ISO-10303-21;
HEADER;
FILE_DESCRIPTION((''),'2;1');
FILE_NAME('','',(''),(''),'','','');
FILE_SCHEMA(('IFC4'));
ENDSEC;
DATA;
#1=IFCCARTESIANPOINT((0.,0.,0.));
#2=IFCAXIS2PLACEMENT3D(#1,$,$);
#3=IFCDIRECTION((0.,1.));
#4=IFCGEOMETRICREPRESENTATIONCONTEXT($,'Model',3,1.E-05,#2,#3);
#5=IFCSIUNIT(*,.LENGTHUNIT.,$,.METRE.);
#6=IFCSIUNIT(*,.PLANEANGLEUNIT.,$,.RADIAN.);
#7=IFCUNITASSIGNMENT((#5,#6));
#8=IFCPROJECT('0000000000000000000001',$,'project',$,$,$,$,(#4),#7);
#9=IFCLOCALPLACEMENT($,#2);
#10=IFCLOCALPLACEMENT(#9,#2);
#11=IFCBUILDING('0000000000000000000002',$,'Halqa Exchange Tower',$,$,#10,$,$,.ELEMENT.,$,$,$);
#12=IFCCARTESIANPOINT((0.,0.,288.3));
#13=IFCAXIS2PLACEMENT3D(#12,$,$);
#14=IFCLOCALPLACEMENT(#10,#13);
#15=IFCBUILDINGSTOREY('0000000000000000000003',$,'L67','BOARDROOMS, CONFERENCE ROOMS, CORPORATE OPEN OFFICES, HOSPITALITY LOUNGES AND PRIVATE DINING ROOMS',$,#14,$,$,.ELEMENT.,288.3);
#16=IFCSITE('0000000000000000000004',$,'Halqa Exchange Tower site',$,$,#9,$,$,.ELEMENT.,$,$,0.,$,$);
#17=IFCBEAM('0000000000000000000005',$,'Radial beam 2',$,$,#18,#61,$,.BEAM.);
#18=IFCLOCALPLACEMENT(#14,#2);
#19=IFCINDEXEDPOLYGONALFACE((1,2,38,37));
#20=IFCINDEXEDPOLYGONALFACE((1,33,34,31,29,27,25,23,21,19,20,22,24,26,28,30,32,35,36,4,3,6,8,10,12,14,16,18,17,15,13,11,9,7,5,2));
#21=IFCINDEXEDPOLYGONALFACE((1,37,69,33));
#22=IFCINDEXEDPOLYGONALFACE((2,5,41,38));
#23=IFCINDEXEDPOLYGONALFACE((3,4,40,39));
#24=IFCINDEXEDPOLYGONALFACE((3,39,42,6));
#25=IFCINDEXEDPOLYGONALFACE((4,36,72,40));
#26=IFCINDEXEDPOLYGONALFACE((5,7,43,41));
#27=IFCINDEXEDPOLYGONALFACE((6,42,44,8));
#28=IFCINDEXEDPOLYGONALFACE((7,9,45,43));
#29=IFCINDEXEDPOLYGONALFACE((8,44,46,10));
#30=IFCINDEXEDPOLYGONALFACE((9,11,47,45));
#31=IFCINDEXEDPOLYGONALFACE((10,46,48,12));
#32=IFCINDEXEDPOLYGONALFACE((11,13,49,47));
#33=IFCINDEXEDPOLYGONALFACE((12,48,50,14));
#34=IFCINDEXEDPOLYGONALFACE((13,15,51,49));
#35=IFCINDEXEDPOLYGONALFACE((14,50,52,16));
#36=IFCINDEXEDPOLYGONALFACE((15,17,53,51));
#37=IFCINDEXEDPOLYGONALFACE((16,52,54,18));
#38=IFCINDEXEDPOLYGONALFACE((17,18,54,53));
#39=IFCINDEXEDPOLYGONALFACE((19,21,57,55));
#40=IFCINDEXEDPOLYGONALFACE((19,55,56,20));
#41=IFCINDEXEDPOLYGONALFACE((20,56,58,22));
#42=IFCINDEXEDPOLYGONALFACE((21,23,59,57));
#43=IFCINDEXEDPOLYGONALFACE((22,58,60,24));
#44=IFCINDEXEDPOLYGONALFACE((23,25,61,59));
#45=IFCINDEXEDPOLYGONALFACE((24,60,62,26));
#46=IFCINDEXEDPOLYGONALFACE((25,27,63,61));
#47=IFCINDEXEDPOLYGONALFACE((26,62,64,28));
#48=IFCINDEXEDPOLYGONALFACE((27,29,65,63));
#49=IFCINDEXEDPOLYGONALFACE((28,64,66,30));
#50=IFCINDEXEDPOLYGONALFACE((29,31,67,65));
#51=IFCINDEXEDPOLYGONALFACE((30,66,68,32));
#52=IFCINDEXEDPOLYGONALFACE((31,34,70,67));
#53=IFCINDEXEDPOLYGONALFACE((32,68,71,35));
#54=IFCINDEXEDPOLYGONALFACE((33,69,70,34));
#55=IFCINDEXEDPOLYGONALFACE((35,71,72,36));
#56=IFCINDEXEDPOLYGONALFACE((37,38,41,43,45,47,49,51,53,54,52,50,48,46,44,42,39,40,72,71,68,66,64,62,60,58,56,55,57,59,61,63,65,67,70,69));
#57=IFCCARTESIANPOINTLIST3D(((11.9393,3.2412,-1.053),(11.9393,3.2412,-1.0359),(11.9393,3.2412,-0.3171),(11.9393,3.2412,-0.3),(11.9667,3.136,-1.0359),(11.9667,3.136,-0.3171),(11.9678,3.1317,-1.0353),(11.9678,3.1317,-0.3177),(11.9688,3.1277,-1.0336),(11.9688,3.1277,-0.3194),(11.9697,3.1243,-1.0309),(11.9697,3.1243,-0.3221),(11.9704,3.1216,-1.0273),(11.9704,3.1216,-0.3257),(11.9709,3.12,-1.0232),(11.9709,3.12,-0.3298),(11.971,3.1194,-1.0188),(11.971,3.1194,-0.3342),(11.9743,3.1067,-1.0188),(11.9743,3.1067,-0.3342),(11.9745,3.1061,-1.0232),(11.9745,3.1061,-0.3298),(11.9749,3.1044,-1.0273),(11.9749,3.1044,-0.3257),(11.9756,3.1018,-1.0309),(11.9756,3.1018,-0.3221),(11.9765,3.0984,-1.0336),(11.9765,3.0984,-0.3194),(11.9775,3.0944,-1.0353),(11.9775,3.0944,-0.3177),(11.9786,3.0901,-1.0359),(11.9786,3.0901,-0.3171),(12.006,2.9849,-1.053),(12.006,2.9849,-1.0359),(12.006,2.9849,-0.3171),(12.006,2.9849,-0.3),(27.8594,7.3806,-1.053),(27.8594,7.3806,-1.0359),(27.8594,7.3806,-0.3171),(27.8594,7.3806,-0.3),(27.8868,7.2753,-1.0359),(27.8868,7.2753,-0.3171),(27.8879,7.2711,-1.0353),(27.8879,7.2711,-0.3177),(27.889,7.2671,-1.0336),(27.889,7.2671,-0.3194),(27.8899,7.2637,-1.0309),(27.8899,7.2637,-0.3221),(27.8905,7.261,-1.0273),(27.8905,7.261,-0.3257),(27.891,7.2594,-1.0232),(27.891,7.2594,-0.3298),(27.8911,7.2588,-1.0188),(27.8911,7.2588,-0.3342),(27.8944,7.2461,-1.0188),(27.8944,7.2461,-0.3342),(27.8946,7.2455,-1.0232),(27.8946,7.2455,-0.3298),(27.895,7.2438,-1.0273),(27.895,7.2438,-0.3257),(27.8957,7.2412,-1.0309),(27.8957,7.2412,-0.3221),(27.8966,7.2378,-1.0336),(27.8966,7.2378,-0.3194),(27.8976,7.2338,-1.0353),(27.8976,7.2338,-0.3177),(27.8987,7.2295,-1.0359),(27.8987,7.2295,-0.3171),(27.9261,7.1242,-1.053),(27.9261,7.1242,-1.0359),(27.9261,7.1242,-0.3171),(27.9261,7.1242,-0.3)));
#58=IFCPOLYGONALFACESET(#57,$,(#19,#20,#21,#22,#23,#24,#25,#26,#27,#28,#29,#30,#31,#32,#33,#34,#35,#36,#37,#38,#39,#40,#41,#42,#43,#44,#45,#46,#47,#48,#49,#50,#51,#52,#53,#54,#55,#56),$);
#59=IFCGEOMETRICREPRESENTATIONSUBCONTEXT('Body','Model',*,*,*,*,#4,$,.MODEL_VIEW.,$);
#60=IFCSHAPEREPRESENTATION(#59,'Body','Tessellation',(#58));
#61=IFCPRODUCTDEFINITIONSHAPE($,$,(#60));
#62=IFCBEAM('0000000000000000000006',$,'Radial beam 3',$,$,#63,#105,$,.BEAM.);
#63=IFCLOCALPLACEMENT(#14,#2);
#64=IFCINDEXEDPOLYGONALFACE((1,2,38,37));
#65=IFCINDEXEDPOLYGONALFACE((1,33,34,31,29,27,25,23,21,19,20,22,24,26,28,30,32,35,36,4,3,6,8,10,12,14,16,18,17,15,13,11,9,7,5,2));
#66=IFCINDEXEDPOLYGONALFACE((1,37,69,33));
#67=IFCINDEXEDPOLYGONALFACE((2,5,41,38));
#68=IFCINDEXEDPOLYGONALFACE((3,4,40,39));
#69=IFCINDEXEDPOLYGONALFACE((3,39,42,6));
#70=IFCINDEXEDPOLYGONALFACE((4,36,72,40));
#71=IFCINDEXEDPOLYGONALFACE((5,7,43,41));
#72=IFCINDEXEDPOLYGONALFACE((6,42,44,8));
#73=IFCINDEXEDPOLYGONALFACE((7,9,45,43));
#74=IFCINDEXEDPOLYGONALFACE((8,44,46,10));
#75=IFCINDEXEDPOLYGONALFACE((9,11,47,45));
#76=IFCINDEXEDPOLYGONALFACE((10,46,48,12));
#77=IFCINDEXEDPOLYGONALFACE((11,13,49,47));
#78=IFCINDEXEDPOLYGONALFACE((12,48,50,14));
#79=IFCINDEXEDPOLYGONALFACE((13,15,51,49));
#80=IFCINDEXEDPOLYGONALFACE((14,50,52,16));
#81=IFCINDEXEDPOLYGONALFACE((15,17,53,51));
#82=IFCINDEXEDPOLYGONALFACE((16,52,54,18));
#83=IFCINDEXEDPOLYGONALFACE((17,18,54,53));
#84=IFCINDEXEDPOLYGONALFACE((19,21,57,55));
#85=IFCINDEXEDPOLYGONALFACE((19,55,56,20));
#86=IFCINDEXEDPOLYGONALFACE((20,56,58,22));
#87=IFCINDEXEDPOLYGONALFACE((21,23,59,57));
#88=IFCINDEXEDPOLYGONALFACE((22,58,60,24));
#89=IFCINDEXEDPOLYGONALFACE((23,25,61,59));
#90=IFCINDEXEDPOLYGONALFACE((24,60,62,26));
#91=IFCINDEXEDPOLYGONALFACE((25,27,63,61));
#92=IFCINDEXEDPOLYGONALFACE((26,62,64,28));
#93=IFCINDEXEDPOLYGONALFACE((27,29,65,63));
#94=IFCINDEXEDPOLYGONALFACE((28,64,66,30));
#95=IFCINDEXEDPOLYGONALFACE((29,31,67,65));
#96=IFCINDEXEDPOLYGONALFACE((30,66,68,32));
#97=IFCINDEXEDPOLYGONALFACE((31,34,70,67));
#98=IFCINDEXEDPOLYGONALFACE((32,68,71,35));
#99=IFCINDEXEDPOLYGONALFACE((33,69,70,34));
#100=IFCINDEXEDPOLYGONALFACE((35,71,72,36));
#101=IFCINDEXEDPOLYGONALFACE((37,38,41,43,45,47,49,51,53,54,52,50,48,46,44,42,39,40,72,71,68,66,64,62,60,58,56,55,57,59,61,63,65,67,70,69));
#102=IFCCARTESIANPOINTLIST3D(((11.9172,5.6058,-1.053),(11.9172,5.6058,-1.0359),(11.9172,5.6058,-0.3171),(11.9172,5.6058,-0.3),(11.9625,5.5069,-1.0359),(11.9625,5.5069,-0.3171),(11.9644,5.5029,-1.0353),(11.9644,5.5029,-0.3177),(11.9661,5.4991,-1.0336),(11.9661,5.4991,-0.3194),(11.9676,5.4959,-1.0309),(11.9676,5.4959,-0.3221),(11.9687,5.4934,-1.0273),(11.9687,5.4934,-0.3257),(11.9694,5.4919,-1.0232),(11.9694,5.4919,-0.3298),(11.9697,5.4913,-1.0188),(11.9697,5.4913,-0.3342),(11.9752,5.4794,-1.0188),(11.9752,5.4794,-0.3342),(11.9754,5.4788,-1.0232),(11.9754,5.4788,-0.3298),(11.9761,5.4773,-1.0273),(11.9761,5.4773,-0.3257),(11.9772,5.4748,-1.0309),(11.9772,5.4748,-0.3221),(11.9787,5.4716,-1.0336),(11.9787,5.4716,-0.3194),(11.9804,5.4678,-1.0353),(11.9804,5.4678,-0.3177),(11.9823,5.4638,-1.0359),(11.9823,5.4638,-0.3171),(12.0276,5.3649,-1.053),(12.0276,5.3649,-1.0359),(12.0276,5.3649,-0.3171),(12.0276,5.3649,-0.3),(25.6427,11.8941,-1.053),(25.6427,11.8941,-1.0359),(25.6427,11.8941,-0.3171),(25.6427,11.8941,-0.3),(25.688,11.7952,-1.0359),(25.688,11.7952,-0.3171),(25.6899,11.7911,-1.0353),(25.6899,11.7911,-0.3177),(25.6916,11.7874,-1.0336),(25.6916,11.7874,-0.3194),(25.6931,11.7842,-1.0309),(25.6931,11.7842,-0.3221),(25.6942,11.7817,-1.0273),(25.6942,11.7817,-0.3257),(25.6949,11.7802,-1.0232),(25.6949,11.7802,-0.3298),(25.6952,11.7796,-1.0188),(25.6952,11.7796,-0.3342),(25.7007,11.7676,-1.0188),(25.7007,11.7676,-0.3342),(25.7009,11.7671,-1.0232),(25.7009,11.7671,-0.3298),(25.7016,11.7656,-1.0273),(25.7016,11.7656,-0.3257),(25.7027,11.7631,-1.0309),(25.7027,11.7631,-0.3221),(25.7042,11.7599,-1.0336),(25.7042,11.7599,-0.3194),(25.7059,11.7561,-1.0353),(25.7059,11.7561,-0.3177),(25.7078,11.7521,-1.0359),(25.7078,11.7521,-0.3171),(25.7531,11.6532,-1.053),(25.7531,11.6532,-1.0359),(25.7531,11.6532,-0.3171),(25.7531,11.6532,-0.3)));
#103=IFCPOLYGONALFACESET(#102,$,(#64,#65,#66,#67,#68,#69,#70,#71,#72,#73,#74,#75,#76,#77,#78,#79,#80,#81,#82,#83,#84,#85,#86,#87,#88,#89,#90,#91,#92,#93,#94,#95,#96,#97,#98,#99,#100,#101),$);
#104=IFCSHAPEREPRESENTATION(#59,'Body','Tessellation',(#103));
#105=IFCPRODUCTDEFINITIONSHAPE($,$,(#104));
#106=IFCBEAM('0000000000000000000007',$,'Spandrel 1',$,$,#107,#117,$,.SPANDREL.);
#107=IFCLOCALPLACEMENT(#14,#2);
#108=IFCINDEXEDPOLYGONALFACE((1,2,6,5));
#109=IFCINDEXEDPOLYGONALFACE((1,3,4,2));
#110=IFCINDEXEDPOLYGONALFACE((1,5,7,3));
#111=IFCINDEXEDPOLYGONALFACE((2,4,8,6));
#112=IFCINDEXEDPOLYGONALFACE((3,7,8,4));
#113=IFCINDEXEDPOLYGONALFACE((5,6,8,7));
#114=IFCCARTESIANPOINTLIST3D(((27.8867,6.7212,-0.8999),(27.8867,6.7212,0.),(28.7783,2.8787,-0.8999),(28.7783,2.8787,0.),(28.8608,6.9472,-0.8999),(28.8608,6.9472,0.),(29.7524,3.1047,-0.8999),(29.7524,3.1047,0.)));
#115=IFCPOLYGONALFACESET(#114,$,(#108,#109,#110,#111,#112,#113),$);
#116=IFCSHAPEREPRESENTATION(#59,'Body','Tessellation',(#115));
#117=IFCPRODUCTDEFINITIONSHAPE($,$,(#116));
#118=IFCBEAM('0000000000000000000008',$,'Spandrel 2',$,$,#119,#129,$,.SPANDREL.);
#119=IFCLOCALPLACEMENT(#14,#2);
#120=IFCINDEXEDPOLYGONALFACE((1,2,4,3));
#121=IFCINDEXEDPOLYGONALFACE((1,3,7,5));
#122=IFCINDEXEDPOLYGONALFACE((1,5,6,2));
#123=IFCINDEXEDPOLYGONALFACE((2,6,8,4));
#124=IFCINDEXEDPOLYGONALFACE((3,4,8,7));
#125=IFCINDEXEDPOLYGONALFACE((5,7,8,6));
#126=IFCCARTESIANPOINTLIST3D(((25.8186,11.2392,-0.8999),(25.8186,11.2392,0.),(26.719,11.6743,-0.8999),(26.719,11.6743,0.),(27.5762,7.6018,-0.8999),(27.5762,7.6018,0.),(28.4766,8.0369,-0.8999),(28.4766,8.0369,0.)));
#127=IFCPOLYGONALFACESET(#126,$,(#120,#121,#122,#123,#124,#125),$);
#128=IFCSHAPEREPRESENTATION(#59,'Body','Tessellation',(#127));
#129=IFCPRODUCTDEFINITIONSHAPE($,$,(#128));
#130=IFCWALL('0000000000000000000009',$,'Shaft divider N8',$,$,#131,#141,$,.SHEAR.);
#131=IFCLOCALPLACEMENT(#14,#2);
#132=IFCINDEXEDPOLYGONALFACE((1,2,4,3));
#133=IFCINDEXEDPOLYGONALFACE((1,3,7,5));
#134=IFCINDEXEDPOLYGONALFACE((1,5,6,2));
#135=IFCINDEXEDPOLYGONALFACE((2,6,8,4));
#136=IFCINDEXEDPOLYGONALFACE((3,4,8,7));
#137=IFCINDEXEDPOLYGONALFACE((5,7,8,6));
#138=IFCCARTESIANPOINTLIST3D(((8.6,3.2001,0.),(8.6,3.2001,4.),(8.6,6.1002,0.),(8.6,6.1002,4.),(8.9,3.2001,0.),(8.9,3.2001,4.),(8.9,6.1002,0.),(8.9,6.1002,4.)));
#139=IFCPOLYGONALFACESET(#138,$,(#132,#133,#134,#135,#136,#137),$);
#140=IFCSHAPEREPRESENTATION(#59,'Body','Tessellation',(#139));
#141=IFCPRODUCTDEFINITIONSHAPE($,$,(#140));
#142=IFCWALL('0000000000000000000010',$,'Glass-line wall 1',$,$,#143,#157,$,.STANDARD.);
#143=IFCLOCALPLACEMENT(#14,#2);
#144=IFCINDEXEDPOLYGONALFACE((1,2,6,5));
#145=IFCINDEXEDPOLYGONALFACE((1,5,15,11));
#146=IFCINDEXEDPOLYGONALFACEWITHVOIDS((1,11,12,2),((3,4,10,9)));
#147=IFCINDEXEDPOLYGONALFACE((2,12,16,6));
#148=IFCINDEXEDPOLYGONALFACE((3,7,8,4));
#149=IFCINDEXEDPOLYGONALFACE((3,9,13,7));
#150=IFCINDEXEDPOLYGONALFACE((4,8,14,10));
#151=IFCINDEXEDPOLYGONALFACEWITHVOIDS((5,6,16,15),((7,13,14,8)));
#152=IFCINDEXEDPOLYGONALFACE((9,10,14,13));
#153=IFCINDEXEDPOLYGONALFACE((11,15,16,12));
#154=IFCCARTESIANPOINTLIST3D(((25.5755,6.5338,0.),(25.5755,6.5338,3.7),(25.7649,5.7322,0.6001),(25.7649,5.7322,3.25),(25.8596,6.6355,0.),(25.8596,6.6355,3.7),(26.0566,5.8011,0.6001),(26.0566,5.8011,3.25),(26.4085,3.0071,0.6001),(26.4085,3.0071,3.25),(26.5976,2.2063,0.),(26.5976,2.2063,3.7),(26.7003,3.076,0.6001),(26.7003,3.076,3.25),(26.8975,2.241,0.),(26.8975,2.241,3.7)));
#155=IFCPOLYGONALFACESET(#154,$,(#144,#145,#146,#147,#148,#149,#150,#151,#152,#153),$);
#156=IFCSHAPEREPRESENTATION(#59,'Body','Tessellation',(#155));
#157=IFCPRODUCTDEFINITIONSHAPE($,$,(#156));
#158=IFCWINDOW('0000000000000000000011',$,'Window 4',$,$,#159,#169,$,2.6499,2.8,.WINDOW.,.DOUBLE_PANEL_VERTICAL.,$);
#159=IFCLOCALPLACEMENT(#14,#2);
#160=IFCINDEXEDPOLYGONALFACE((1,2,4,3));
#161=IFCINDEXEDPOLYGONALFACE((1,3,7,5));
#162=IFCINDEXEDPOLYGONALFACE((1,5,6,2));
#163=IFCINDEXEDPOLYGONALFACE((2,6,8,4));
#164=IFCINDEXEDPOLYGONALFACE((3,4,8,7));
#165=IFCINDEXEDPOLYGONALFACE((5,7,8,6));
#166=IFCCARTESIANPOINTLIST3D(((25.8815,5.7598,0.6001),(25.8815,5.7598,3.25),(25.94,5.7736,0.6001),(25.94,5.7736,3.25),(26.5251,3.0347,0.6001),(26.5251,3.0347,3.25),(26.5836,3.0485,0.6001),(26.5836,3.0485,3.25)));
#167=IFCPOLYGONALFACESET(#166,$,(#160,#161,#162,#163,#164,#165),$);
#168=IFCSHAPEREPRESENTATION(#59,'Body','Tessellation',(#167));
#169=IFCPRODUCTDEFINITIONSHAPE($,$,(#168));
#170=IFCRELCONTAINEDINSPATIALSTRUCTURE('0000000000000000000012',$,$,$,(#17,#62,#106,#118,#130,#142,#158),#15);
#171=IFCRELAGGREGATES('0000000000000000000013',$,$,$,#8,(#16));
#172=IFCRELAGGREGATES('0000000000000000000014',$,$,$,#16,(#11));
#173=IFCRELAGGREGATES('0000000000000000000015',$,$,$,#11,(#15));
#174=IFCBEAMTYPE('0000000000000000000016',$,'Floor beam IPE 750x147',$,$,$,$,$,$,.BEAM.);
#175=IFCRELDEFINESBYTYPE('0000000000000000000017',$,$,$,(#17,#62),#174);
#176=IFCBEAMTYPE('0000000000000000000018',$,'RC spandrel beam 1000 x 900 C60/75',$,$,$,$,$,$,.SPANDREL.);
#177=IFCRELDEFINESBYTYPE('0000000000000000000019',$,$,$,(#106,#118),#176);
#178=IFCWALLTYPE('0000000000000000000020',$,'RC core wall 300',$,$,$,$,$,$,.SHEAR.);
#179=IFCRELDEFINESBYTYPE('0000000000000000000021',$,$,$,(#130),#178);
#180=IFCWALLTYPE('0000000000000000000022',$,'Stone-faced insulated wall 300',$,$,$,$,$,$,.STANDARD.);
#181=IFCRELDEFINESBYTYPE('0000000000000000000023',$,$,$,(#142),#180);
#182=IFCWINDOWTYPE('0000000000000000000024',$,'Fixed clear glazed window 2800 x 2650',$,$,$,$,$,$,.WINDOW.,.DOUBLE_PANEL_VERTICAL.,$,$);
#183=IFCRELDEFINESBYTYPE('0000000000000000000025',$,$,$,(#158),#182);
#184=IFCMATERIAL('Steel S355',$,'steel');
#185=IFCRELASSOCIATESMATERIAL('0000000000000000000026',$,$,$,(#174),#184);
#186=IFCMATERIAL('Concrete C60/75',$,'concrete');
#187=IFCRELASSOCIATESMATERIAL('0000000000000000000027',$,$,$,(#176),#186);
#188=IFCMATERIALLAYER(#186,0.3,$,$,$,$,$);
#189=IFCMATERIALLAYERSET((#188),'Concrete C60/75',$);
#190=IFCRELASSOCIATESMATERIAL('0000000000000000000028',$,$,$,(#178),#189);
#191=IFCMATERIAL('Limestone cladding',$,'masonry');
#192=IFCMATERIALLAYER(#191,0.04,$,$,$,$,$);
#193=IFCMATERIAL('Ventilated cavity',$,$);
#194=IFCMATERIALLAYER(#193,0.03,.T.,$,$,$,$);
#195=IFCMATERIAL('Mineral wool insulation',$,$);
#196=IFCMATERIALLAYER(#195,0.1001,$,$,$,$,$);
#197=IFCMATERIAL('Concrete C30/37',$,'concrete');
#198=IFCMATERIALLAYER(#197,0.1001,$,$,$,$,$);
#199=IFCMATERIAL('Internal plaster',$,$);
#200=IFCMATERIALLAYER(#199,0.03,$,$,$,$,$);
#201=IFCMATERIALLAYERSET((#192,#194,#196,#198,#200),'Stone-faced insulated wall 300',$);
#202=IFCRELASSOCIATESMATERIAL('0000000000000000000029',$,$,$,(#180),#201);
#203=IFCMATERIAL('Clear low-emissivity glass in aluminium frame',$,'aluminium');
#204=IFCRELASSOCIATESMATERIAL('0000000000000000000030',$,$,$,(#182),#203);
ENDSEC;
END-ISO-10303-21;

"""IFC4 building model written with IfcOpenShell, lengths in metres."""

from ifc_helpers import new_model, si_unit, direction, frame, frame_2d, origin, origin_2d, place, context, subcontext, project, spatial, polyline, rectangle, i_section, outline, extrude, material, layer, layer_set, material_profile, profile_set, type_object, element, fill, save


model = new_model("IFC4")

# Units and contexts
model_context = context("Model", 3, precision=1e-05, world=origin(), true_north=direction((0.0, 1.0)))
body_context = subcontext(model_context, "Body", "Model", "MODEL_VIEW")
ifc_project = project(units=[si_unit("LENGTHUNIT", "METRE"), si_unit("PLANEANGLEUNIT", "RADIAN")], contexts=[model_context])

# Site, building, storey
site_placement = place(None, origin())
site = spatial("IfcSite", under=ifc_project, at=site_placement, Name="Halqa Exchange Tower site", CompositionType="ELEMENT", RefElevation=0.0)
building_placement = place(site_placement, origin())
building = spatial("IfcBuilding", under=site, at=building_placement, Name="Halqa Exchange Tower", CompositionType="ELEMENT")
storey_placement = place(building_placement, frame((0.0, 0.0, 288.3)))
storey = spatial("IfcBuildingStorey", under=building, at=storey_placement, Name="L67", Description="BOARDROOMS, CONFERENCE ROOMS, CORPORATE OPEN OFFICES, HOSPITALITY LOUNGES AND PRIVATE DINING ROOMS", CompositionType="ELEMENT", Elevation=288.3)

# Shared definitions
ifc_material_1 = material(Name="Concrete C60/75", Category="concrete")

# Beams
ifc_material_2 = material(Name="Steel S355", Category="steel")
ifc_material_profile_1 = material_profile(ifc_material_2, i_section(OverallWidth=0.2649, OverallDepth=0.7529, WebThickness=0.0132, FlangeThickness=0.0171, FilletRadius=0.0171, at=origin_2d()), Name="IPE 750x147")
ifc_profile_set_1 = profile_set([ifc_material_profile_1], Name="Steel S355")
beam_type_1 = type_object("IfcBeamType", Name="Floor beam IPE 750x147", PredefinedType="BEAM", material=ifc_profile_set_1)
beam_1_placement = place(storey_placement, frame((11.9727, 3.113, -0.6765), z_axis=(0.96782, 0.251643, 0.0), x_axis=(-0.251643, 0.96782, 0.0)))
element("IfcBeam", 1, at=beam_1_placement, inside=storey, type_object=beam_type_1, Name="Radial beam 2", PredefinedType="BEAM", context=body_context, shape_type="SweptSolid", body=[
    extrude(i_section(OverallWidth=0.2649, OverallDepth=0.7529, WebThickness=0.0132, FlangeThickness=0.0171, FilletRadius=0.0171, at=origin_2d()), origin(), (0.0, 0.0, 1.0), 16.4495),
])
beam_2_placement = place(storey_placement, frame((11.9724, 5.4854, -0.6765), z_axis=(0.909129, 0.416514, 0.0), x_axis=(-0.416514, 0.909129, 0.0)))
element("IfcBeam", 2, at=beam_2_placement, inside=storey, type_object=beam_type_1, Name="Radial beam 3", PredefinedType="BEAM", context=body_context, shape_type="SweptSolid", body=[
    extrude(i_section(OverallWidth=0.2649, OverallDepth=0.7529, WebThickness=0.0132, FlangeThickness=0.0171, FilletRadius=0.0171, at=origin_2d()), origin(), (0.0, 0.0, 1.0), 15.0974),
])
ifc_material_profile_2 = material_profile(ifc_material_1, rectangle(XDim=1.0, YDim=0.8999, at=origin_2d()), Name="1000 x 900")
ifc_profile_set_2 = profile_set([ifc_material_profile_2], Name="Concrete C60/75")
beam_type_2 = type_object("IfcBeamType", Name="RC spandrel beam 1000 x 900 C60/75", PredefinedType="SPANDREL", material=ifc_profile_set_2)
beam_3_placement = place(storey_placement, frame((29.2654, 2.9917, -0.45), z_axis=(-0.22603, 0.97412, 0.0), x_axis=(-0.97412, -0.22603, 0.0)))
element("IfcBeam", 3, at=beam_3_placement, inside=storey, type_object=beam_type_2, Name="Spandrel 1", PredefinedType="SPANDREL", context=body_context, shape_type="SweptSolid", body=[
    extrude(rectangle(XDim=1.0, YDim=0.8999, at=origin_2d()), origin(), (0.0, 0.0, 1.0), 3.9446),
])
beam_4_placement = place(storey_placement, frame((28.0264, 7.8193, -0.45), z_axis=(-0.435062, 0.900401, 0.0), x_axis=(-0.900401, -0.435062, 0.0)))
element("IfcBeam", 4, at=beam_4_placement, inside=storey, type_object=beam_type_2, Name="Spandrel 2", PredefinedType="SPANDREL", context=body_context, shape_type="SweptSolid", body=[
    extrude(rectangle(XDim=1.0, YDim=0.8999, at=origin_2d()), origin(), (0.0, 0.0, 1.0), 4.0398),
])

# Wall
ifc_layer_1 = layer(ifc_material_1, 0.3)
ifc_layer_set_1 = layer_set([ifc_layer_1], Name="Concrete C60/75")
wall_type_1 = type_object("IfcWallType", Name="RC core wall 300", PredefinedType="SHEAR", material=ifc_layer_set_1)
wall_1_placement = place(storey_placement, frame((8.75, 3.2, 0.0), z_axis=(0.0, 0.0, 1.0), x_axis=(0.0, 1.0, 0.0)))
element("IfcWall", 5, at=wall_1_placement, inside=storey, type_object=wall_type_1, Name="Shaft divider N8", PredefinedType="SHEAR", context=body_context, shape_type="SweptSolid", body=[
    extrude(rectangle(XDim=2.9001, YDim=0.3, at=frame_2d((1.4502, 0.0))), origin(), (0.0, 0.0, 1.0), 4.0),
])

# Wall, opening, window
ifc_material_3 = material(Name="Limestone cladding", Category="masonry")
ifc_layer_2 = layer(ifc_material_3, 0.04)
ifc_material_4 = material(Name="Ventilated cavity")
ifc_layer_3 = layer(ifc_material_4, 0.03, ventilated=True)
ifc_material_5 = material(Name="Mineral wool insulation")
ifc_layer_4 = layer(ifc_material_5, 0.1001)
ifc_material_6 = material(Name="Concrete C30/37", Category="concrete")
ifc_layer_5 = layer(ifc_material_6, 0.1001)
ifc_material_7 = material(Name="Internal plaster")
ifc_layer_6 = layer(ifc_material_7, 0.03)
ifc_layer_set_2 = layer_set([ifc_layer_2, ifc_layer_3, ifc_layer_4, ifc_layer_5, ifc_layer_6], Name="Stone-faced insulated wall 300")
wall_type_2 = type_object("IfcWallType", Name="Stone-faced insulated wall 300", PredefinedType="STANDARD", material=ifc_layer_set_2)
wall_2_placement = place(storey_placement, frame((26.7476, 2.2236, 0.0), z_axis=(0.0, 0.0, 1.0), x_axis=(-0.229862, 0.973223, 0.0)))
wall_2 = element("IfcWall", 6, at=wall_2_placement, inside=storey, type_object=wall_type_2, Name="Glass-line wall 1", PredefinedType="STANDARD", context=body_context, shape_type="SweptSolid", body=[
    extrude(outline(polyline([(-0.0176, -0.1499), (4.4978, -0.1499), (4.4641, 0.1499), (0.0176, 0.1499), (-0.0176, -0.1499)])), origin(), (0.0, 0.0, 1.0), 3.7),
])
opening_1_placement = place(wall_2_placement, frame((0.8406, 0.0, 0.6001)))
opening_1 = element("IfcOpeningElement", 7, at=opening_1_placement, cuts=wall_2, PredefinedType="OPENING", context=body_context, shape_type="SweptSolid", body=[
    extrude(rectangle(XDim=2.8, YDim=2.6499, at=frame_2d((1.3999, 1.325))), frame((0.0, 0.1621, 0.0), z_axis=(0.0, -1.0, 0.0), x_axis=(1.0, 0.0, 0.0)), (0.0, 0.0, 1.0), 0.324),
])
ifc_material_8 = material(Name="Clear low-emissivity glass in aluminium frame", Category="aluminium")
window_type = type_object("IfcWindowType", Name="Fixed clear glazed window 2800 x 2650", PartitioningType="DOUBLE_PANEL_VERTICAL", PredefinedType="WINDOW", material=ifc_material_8)
window_1_placement = place(opening_1_placement, origin())
window_1 = element("IfcWindow", 8, at=window_1_placement, inside=storey, type_object=window_type, Name="Window 4", OverallHeight=2.6499, OverallWidth=2.8, PartitioningType="DOUBLE_PANEL_VERTICAL", PredefinedType="WINDOW", context=body_context, shape_type="SweptSolid", body=[
    extrude(rectangle(XDim=2.8, YDim=2.6499, at=frame_2d((1.3999, 1.325))), frame((0.0, 0.03, 0.0), z_axis=(0.0, -1.0, 0.0), x_axis=(1.0, 0.0, 0.0)), (0.0, 0.0, 1.0), 0.0601),
])
fill(opening_1, window_1)

save(model, "model.ifc")
